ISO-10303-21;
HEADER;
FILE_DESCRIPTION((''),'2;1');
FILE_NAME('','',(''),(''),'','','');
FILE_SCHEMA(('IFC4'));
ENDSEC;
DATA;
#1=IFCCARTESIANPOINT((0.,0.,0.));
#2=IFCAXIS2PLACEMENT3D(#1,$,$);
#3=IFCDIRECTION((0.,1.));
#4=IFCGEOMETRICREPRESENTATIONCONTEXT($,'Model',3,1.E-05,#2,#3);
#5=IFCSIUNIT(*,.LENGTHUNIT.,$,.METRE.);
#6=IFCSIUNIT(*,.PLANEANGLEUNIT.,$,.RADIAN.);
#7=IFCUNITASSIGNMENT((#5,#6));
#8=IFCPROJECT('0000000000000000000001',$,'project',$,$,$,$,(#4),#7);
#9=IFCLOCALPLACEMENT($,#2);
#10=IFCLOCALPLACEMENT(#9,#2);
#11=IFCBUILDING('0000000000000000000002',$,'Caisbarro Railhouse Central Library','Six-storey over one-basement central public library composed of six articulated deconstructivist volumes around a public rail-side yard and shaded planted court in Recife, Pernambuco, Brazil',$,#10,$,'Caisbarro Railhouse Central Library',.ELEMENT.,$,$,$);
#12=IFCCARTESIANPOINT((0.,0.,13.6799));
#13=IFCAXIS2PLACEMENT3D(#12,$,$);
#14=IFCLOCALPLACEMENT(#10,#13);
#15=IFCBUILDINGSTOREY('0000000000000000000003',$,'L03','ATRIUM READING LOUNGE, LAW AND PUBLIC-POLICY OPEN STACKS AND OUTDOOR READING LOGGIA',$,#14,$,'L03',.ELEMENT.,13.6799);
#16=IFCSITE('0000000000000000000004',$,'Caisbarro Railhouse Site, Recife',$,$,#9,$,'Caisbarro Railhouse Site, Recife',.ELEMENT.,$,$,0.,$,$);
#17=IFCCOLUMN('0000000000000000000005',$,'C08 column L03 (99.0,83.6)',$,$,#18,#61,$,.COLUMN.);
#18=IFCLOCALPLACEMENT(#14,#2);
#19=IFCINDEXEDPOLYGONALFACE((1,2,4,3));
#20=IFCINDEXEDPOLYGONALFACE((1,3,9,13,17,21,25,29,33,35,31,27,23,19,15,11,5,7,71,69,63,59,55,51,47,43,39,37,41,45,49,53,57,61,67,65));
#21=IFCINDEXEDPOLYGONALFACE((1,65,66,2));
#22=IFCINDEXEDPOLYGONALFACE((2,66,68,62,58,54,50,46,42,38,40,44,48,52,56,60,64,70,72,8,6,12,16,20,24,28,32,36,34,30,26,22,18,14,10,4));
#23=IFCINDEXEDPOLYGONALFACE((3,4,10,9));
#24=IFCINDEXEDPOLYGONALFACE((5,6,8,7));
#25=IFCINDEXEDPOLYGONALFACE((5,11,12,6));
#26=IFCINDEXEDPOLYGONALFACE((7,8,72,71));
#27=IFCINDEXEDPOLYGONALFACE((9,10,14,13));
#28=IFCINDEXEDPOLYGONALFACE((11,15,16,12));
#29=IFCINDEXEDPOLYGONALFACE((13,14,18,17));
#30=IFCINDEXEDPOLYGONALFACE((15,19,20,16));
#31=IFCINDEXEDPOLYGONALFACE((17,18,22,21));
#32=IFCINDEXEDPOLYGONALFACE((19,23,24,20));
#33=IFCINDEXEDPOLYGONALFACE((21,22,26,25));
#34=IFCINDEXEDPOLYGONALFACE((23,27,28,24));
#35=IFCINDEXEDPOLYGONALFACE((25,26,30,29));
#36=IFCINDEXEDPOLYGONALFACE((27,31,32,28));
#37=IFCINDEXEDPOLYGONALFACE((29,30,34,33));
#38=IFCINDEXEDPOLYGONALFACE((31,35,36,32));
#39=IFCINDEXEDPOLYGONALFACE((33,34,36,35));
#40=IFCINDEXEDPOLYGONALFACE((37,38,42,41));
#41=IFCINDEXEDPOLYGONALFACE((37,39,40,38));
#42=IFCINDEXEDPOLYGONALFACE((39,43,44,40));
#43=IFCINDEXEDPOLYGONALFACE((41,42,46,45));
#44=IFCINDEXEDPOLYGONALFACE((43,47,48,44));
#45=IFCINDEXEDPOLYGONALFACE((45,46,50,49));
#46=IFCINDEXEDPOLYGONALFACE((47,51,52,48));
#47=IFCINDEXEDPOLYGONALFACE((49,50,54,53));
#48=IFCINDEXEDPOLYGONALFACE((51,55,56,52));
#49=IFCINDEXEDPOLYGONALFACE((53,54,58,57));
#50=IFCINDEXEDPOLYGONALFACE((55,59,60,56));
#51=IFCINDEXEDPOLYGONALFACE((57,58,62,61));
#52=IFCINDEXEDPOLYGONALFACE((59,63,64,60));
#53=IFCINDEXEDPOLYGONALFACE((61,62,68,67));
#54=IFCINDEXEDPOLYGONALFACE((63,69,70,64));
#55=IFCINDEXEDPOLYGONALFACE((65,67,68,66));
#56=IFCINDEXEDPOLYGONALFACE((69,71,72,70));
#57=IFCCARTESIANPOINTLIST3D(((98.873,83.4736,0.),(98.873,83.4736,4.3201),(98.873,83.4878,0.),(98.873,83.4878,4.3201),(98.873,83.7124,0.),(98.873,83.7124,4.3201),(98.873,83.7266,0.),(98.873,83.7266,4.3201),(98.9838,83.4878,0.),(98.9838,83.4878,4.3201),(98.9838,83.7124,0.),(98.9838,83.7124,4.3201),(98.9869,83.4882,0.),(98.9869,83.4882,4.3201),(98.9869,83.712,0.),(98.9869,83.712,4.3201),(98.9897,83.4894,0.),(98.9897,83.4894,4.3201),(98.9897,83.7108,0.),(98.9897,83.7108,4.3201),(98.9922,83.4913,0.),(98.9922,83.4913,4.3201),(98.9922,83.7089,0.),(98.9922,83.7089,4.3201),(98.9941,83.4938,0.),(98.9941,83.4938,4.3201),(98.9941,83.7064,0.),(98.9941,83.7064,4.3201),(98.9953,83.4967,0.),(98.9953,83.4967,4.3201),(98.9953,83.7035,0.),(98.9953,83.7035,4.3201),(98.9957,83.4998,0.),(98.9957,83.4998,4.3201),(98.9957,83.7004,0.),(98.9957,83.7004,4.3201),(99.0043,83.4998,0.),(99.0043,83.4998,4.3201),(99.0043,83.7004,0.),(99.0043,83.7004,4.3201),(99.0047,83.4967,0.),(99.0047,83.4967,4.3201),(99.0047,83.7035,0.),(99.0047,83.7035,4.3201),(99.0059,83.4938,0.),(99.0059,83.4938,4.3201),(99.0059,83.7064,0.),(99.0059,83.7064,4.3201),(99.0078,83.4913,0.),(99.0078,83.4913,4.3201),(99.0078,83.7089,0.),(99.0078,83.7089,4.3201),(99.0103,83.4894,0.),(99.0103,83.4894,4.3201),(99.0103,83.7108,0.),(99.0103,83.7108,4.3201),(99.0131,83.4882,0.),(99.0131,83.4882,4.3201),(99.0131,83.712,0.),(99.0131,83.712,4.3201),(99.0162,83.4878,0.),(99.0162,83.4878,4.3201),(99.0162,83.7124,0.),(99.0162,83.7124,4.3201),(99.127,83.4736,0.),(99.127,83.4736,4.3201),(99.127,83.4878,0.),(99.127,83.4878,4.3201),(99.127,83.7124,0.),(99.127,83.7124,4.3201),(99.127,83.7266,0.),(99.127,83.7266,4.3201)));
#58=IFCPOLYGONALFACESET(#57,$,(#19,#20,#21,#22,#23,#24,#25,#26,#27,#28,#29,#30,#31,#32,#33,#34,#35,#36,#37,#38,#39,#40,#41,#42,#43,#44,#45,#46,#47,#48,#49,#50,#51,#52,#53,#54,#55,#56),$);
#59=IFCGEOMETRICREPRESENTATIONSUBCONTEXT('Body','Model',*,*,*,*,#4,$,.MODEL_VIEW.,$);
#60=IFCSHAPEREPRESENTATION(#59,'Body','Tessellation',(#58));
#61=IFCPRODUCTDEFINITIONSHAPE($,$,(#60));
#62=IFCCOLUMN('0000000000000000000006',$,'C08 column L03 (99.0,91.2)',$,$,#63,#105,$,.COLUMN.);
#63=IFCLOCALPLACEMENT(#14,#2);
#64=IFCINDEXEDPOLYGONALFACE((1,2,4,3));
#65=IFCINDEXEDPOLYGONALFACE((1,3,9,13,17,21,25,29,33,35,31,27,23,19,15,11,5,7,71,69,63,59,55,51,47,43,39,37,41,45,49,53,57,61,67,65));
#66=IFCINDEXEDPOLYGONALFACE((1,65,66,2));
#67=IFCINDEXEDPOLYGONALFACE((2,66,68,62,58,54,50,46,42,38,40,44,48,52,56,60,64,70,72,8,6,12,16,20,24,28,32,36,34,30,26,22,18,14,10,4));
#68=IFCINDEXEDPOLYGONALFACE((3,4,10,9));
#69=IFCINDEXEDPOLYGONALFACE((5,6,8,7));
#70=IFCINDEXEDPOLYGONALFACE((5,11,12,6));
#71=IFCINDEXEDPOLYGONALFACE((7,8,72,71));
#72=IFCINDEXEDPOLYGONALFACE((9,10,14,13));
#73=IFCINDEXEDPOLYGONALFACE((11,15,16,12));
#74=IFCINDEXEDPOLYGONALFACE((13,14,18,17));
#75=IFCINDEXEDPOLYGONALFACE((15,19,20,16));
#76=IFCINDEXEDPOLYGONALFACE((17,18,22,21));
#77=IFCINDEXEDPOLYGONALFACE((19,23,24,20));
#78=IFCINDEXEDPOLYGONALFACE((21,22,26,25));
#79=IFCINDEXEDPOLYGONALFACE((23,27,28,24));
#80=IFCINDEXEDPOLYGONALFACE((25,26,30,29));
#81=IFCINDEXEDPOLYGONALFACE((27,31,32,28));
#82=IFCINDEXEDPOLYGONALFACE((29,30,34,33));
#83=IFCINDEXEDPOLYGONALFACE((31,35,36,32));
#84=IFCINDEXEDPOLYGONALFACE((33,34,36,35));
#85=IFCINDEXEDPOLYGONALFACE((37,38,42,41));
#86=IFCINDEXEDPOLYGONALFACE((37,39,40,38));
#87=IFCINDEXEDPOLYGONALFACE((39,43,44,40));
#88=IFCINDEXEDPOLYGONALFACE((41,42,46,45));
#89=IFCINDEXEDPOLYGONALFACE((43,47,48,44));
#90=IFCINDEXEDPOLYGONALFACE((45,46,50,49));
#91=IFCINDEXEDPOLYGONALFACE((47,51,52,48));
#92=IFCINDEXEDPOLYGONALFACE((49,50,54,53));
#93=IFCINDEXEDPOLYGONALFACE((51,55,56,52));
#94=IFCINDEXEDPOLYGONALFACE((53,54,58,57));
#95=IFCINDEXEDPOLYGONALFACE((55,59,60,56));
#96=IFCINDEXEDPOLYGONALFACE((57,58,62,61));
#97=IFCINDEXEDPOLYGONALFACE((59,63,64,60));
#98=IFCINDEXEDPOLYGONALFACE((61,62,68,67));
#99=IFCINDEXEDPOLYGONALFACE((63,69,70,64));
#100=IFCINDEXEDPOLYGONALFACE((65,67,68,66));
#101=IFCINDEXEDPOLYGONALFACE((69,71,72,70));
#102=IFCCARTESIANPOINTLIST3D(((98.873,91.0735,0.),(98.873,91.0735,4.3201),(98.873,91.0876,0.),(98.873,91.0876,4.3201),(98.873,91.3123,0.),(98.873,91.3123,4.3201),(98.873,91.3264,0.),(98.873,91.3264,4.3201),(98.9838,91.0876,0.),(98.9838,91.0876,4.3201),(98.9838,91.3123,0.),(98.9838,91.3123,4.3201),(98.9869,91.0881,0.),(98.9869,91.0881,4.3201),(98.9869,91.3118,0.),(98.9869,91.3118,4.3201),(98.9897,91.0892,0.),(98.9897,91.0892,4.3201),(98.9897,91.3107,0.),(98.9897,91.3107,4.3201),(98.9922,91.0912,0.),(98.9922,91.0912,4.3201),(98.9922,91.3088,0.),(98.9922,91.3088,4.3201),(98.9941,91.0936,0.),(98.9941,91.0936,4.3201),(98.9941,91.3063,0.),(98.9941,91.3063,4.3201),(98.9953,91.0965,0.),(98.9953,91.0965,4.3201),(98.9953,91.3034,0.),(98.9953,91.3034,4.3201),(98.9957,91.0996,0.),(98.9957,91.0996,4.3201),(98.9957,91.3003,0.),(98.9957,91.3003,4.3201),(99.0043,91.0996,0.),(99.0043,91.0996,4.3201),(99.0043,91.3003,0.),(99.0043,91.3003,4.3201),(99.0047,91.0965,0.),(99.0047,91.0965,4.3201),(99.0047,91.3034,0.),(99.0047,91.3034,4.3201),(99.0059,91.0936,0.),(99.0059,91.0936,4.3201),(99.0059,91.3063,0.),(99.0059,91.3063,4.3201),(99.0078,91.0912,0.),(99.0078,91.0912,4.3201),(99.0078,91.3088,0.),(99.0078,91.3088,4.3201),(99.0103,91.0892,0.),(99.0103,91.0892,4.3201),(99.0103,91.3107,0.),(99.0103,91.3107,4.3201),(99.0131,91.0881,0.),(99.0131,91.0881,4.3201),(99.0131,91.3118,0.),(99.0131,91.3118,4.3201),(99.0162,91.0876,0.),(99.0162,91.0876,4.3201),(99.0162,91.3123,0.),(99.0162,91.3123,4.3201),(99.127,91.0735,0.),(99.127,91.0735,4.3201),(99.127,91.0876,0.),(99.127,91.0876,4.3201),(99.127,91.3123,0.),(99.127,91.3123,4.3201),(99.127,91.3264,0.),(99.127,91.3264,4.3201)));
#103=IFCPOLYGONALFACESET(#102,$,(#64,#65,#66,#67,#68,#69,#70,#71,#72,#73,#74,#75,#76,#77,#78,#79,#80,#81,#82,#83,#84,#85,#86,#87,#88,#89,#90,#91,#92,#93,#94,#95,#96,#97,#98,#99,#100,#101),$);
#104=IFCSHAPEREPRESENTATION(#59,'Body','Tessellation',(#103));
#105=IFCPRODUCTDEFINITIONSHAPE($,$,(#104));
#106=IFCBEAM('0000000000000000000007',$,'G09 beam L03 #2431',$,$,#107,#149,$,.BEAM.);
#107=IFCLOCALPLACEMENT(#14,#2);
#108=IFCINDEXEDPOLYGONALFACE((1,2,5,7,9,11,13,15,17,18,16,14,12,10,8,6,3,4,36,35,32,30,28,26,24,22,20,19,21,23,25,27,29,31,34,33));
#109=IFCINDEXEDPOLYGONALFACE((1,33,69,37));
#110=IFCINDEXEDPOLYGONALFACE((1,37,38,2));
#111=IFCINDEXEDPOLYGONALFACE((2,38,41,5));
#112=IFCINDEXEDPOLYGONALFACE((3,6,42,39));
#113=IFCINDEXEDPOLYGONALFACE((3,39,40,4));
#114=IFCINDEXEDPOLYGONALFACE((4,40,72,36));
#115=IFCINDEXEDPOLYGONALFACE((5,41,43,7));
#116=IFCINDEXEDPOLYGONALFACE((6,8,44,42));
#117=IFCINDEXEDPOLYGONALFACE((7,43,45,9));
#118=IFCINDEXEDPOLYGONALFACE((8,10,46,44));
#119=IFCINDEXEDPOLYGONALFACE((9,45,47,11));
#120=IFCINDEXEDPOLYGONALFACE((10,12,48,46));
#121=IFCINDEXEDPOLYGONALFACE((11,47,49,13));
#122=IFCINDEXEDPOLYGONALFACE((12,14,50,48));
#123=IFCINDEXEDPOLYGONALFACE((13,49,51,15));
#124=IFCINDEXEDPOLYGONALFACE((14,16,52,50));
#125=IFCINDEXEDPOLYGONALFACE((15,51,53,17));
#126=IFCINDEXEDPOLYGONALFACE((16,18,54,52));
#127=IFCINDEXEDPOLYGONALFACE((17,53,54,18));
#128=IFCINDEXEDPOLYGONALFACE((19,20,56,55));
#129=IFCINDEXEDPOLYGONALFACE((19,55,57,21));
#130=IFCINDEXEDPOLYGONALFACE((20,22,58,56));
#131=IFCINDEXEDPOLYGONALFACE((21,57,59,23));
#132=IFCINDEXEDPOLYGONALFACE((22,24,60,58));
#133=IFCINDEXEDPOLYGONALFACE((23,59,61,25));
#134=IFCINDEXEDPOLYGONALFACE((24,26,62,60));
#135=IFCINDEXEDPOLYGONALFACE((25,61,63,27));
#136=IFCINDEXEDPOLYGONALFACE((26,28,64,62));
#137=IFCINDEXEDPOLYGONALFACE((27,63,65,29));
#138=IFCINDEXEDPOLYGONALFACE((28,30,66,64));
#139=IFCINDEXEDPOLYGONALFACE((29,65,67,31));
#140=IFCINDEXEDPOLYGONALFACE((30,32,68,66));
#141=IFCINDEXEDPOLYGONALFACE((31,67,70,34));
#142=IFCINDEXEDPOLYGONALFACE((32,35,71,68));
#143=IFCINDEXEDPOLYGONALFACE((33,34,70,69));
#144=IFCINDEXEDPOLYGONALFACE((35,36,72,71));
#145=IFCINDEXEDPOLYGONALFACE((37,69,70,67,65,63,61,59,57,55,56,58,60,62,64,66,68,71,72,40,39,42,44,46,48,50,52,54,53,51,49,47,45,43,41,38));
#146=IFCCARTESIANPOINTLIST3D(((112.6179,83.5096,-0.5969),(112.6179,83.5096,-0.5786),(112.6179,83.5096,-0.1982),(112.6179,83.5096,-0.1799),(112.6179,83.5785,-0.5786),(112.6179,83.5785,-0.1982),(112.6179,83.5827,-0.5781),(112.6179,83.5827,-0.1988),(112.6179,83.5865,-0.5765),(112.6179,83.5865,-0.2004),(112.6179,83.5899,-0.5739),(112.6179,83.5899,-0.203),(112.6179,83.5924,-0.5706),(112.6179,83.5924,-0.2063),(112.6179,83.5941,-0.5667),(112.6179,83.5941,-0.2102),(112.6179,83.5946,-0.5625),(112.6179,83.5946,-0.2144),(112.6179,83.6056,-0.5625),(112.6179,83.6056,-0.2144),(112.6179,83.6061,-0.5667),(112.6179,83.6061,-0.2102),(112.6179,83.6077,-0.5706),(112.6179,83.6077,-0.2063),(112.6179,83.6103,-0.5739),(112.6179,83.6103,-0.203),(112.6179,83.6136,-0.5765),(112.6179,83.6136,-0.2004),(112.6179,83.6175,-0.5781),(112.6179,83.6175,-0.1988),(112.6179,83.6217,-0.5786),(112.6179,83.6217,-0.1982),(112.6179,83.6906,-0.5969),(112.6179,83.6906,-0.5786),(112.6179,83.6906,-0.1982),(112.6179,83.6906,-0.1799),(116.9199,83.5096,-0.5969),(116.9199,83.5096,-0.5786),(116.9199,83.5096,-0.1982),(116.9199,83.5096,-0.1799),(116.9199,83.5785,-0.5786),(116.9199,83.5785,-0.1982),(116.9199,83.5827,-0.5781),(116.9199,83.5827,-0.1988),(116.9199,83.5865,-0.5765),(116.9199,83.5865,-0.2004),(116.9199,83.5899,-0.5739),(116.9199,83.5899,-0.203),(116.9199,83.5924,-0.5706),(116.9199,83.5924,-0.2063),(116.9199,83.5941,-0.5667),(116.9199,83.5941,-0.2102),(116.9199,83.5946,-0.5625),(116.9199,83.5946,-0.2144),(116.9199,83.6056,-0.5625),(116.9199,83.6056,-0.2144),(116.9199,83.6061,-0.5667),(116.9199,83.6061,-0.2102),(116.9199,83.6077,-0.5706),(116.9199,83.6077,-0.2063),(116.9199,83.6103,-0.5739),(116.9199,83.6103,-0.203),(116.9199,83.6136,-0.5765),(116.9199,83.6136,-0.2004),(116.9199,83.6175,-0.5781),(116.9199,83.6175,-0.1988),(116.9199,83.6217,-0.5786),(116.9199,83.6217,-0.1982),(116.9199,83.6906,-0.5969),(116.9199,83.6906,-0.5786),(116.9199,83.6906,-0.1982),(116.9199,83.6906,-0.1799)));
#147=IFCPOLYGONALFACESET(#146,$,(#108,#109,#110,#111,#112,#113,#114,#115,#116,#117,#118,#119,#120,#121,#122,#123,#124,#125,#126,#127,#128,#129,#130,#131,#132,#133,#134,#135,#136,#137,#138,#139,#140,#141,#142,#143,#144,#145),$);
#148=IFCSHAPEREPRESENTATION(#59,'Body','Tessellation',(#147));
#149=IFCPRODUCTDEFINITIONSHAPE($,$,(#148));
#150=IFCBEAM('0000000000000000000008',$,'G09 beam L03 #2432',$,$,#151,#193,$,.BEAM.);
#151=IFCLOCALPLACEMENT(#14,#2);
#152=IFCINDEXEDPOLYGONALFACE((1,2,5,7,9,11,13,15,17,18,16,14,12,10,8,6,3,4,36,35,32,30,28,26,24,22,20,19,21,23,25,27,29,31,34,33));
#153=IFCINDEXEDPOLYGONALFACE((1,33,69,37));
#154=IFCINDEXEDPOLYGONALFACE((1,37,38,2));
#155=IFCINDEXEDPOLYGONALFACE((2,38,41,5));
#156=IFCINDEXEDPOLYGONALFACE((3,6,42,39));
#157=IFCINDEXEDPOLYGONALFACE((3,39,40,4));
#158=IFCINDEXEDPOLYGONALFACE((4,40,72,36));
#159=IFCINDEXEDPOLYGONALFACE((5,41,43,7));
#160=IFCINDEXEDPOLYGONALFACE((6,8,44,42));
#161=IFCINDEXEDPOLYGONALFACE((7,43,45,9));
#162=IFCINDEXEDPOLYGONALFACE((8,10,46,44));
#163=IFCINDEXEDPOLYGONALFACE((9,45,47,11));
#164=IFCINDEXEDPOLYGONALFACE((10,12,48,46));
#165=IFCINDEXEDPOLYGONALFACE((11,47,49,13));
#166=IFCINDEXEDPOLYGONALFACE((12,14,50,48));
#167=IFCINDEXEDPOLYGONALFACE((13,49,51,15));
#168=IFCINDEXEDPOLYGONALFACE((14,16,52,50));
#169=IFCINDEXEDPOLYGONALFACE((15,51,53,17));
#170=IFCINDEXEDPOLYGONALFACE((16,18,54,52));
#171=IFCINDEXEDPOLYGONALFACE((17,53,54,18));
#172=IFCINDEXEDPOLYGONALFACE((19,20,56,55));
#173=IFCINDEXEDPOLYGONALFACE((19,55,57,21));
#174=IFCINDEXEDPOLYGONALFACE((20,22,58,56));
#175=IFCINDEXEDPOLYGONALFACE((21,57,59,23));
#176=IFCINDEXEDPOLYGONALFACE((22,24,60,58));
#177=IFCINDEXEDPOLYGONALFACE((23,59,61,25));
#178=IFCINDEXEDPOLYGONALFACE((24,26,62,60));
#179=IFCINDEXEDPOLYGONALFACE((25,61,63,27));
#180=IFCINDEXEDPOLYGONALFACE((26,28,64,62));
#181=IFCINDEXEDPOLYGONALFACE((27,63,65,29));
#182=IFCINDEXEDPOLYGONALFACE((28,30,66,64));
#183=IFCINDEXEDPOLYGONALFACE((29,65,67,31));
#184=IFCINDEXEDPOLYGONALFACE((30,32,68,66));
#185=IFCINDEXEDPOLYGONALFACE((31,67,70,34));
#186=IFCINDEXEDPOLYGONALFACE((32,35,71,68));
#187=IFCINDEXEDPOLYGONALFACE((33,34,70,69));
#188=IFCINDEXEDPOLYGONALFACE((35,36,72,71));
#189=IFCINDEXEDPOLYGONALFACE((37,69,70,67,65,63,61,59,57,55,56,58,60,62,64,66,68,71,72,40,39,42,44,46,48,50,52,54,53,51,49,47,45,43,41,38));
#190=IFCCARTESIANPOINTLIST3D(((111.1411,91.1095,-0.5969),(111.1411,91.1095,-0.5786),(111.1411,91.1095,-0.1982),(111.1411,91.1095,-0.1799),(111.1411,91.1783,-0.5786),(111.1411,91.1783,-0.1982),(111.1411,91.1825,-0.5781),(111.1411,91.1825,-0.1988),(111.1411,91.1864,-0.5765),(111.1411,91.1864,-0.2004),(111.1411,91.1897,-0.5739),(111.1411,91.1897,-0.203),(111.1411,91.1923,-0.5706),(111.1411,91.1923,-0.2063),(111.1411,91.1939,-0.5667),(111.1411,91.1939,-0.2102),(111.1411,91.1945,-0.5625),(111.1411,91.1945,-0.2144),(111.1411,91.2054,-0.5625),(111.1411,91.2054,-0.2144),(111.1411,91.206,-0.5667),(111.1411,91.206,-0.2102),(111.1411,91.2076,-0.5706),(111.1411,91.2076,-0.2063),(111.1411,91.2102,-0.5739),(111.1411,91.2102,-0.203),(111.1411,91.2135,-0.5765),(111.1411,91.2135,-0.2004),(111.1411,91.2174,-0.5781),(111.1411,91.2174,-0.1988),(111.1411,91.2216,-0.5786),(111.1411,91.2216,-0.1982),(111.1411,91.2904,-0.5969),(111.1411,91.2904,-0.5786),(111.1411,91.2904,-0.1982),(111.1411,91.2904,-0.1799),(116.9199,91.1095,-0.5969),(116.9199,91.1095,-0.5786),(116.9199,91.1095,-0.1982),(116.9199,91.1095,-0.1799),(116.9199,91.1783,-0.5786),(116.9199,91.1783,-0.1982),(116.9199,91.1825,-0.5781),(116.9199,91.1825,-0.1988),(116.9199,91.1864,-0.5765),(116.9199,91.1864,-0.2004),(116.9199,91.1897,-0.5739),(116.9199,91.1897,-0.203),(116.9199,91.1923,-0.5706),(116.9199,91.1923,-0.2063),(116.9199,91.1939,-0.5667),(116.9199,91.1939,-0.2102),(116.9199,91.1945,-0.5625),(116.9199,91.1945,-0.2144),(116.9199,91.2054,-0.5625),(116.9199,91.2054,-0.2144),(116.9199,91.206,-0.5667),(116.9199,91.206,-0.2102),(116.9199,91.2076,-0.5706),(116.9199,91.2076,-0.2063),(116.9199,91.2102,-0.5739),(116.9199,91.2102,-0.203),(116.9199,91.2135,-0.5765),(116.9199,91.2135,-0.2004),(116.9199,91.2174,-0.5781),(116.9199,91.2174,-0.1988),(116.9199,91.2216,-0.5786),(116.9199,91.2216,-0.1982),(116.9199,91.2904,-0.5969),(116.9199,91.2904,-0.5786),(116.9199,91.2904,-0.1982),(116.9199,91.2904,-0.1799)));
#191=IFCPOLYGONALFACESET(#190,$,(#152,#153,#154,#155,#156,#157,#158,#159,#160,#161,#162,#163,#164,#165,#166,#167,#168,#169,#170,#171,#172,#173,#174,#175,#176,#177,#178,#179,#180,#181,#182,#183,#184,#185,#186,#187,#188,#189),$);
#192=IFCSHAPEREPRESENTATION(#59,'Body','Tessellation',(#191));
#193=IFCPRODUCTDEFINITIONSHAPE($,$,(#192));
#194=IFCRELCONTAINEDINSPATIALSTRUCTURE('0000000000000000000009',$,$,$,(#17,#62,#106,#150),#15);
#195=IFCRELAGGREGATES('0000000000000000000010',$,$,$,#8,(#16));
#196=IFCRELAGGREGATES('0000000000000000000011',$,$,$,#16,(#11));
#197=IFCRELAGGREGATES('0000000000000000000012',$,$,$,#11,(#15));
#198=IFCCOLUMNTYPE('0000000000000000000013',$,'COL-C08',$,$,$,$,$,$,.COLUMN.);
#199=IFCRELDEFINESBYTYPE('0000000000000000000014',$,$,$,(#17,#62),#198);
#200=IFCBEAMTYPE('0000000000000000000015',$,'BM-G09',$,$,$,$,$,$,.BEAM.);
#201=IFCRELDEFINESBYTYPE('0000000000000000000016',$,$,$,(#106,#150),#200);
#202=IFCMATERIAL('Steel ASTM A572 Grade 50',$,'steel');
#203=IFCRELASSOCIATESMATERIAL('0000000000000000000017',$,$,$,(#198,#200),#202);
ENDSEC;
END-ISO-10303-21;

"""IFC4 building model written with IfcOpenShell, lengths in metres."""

from ifc_helpers import new_model, si_unit, direction, frame, origin, origin_2d, place, context, subcontext, project, spatial, i_section, extrude, material, material_profile, profile_set, type_object, element, save


model = new_model("IFC4")

# Units and contexts
model_context = context("Model", 3, precision=1e-05, world=origin(), true_north=direction((0.0, 1.0)))
body_context = subcontext(model_context, "Body", "Model", "MODEL_VIEW")
ifc_project = project(units=[si_unit("LENGTHUNIT", "METRE"), si_unit("PLANEANGLEUNIT", "RADIAN")], contexts=[model_context])

# Site, building, storey
site_placement = place(None, origin())
site = spatial("IfcSite", under=ifc_project, at=site_placement, Name="Caisbarro Railhouse Site, Recife", LongName="Caisbarro Railhouse Site, Recife", CompositionType="ELEMENT", RefElevation=0.0)
building_placement = place(site_placement, origin())
building = spatial("IfcBuilding", under=site, at=building_placement, Name="Caisbarro Railhouse Central Library", Description="Six-storey over one-basement central public library composed of six articulated deconstructivist volumes around a public rail-side yard and shaded planted court in Recife, Pernambuco, Brazil", LongName="Caisbarro Railhouse Central Library", CompositionType="ELEMENT")
storey_placement = place(building_placement, frame((0.0, 0.0, 13.6799)))
storey = spatial("IfcBuildingStorey", under=building, at=storey_placement, Name="L03", Description="ATRIUM READING LOUNGE, LAW AND PUBLIC-POLICY OPEN STACKS AND OUTDOOR READING LOGGIA", LongName="L03", CompositionType="ELEMENT", Elevation=13.6799)

# Columns
ifc_material_1 = material(Name="Steel ASTM A572 Grade 50", Category="steel")
ifc_material_profile_1 = material_profile(ifc_material_1, i_section(OverallWidth=0.2539, OverallDepth=0.2529, WebThickness=0.0085, FlangeThickness=0.0142, FilletRadius=0.012, at=origin_2d()), Name="W250X73.0")
ifc_profile_set_1 = profile_set([ifc_material_profile_1], Name="Steel ASTM A572 Grade 50")
column_type = type_object("IfcColumnType", Name="COL-C08", PredefinedType="COLUMN", material=ifc_profile_set_1)
for number, where, z_axis, x_axis, name in (
    (1, (99.0, 83.6001, 0.0), (0.0, 0.0, 1.0), (1.0, 0.0, 0.0), "C08 column L03 (99.0,83.6)"),
    (2, (99.0, 91.2, 0.0), (0.0, 0.0, 1.0), (1.0, 0.0, 0.0), "C08 column L03 (99.0,91.2)"),
):
    element("IfcColumn", number, at=place(storey_placement, frame(where, z_axis=z_axis, x_axis=x_axis)), inside=storey, type_object=column_type, Name=name, PredefinedType="COLUMN", context=body_context, shape_type="SweptSolid", body=[
        extrude(i_section(OverallWidth=0.2539, OverallDepth=0.2529, WebThickness=0.0085, FlangeThickness=0.0142, FilletRadius=0.012, at=origin_2d()), origin(), (0.0, 0.0, 1.0), 4.3201),
    ])

# Beams
ifc_material_profile_2 = material_profile(ifc_material_1, i_section(OverallWidth=0.1809, OverallDepth=0.417, WebThickness=0.011, FlangeThickness=0.0183, FilletRadius=0.0161, at=origin_2d()), Name="W410X85.0")
ifc_profile_set_2 = profile_set([ifc_material_profile_2], Name="Steel ASTM A572 Grade 50")
beam_type_1 = type_object("IfcBeamType", Name="BM-G09", PredefinedType="BEAM", material=ifc_profile_set_2)
beam_1_placement = place(storey_placement, frame((112.6179, 83.6001, -0.3884), z_axis=(1.0, 0.0, 0.0), x_axis=(0.0, 1.0, 0.0)))
element("IfcBeam", 3, at=beam_1_placement, inside=storey, type_object=beam_type_1, Name="G09 beam L03 #2431", PredefinedType="BEAM", context=body_context, shape_type="SweptSolid", body=[
    extrude(i_section(OverallWidth=0.1809, OverallDepth=0.417, WebThickness=0.011, FlangeThickness=0.0183, FilletRadius=0.0161, at=origin_2d()), origin(), (0.0, 0.0, 1.0), 4.302),
])
beam_2_placement = place(storey_placement, frame((111.1411, 91.2, -0.3884), z_axis=(1.0, 0.0, 0.0), x_axis=(0.0, 1.0, 0.0)))
element("IfcBeam", 4, at=beam_2_placement, inside=storey, type_object=beam_type_1, Name="G09 beam L03 #2432", PredefinedType="BEAM", context=body_context, shape_type="SweptSolid", body=[
    extrude(i_section(OverallWidth=0.1809, OverallDepth=0.417, WebThickness=0.011, FlangeThickness=0.0183, FilletRadius=0.0161, at=origin_2d()), origin(), (0.0, 0.0, 1.0), 5.7788),
])

save(model, "model.ifc")
